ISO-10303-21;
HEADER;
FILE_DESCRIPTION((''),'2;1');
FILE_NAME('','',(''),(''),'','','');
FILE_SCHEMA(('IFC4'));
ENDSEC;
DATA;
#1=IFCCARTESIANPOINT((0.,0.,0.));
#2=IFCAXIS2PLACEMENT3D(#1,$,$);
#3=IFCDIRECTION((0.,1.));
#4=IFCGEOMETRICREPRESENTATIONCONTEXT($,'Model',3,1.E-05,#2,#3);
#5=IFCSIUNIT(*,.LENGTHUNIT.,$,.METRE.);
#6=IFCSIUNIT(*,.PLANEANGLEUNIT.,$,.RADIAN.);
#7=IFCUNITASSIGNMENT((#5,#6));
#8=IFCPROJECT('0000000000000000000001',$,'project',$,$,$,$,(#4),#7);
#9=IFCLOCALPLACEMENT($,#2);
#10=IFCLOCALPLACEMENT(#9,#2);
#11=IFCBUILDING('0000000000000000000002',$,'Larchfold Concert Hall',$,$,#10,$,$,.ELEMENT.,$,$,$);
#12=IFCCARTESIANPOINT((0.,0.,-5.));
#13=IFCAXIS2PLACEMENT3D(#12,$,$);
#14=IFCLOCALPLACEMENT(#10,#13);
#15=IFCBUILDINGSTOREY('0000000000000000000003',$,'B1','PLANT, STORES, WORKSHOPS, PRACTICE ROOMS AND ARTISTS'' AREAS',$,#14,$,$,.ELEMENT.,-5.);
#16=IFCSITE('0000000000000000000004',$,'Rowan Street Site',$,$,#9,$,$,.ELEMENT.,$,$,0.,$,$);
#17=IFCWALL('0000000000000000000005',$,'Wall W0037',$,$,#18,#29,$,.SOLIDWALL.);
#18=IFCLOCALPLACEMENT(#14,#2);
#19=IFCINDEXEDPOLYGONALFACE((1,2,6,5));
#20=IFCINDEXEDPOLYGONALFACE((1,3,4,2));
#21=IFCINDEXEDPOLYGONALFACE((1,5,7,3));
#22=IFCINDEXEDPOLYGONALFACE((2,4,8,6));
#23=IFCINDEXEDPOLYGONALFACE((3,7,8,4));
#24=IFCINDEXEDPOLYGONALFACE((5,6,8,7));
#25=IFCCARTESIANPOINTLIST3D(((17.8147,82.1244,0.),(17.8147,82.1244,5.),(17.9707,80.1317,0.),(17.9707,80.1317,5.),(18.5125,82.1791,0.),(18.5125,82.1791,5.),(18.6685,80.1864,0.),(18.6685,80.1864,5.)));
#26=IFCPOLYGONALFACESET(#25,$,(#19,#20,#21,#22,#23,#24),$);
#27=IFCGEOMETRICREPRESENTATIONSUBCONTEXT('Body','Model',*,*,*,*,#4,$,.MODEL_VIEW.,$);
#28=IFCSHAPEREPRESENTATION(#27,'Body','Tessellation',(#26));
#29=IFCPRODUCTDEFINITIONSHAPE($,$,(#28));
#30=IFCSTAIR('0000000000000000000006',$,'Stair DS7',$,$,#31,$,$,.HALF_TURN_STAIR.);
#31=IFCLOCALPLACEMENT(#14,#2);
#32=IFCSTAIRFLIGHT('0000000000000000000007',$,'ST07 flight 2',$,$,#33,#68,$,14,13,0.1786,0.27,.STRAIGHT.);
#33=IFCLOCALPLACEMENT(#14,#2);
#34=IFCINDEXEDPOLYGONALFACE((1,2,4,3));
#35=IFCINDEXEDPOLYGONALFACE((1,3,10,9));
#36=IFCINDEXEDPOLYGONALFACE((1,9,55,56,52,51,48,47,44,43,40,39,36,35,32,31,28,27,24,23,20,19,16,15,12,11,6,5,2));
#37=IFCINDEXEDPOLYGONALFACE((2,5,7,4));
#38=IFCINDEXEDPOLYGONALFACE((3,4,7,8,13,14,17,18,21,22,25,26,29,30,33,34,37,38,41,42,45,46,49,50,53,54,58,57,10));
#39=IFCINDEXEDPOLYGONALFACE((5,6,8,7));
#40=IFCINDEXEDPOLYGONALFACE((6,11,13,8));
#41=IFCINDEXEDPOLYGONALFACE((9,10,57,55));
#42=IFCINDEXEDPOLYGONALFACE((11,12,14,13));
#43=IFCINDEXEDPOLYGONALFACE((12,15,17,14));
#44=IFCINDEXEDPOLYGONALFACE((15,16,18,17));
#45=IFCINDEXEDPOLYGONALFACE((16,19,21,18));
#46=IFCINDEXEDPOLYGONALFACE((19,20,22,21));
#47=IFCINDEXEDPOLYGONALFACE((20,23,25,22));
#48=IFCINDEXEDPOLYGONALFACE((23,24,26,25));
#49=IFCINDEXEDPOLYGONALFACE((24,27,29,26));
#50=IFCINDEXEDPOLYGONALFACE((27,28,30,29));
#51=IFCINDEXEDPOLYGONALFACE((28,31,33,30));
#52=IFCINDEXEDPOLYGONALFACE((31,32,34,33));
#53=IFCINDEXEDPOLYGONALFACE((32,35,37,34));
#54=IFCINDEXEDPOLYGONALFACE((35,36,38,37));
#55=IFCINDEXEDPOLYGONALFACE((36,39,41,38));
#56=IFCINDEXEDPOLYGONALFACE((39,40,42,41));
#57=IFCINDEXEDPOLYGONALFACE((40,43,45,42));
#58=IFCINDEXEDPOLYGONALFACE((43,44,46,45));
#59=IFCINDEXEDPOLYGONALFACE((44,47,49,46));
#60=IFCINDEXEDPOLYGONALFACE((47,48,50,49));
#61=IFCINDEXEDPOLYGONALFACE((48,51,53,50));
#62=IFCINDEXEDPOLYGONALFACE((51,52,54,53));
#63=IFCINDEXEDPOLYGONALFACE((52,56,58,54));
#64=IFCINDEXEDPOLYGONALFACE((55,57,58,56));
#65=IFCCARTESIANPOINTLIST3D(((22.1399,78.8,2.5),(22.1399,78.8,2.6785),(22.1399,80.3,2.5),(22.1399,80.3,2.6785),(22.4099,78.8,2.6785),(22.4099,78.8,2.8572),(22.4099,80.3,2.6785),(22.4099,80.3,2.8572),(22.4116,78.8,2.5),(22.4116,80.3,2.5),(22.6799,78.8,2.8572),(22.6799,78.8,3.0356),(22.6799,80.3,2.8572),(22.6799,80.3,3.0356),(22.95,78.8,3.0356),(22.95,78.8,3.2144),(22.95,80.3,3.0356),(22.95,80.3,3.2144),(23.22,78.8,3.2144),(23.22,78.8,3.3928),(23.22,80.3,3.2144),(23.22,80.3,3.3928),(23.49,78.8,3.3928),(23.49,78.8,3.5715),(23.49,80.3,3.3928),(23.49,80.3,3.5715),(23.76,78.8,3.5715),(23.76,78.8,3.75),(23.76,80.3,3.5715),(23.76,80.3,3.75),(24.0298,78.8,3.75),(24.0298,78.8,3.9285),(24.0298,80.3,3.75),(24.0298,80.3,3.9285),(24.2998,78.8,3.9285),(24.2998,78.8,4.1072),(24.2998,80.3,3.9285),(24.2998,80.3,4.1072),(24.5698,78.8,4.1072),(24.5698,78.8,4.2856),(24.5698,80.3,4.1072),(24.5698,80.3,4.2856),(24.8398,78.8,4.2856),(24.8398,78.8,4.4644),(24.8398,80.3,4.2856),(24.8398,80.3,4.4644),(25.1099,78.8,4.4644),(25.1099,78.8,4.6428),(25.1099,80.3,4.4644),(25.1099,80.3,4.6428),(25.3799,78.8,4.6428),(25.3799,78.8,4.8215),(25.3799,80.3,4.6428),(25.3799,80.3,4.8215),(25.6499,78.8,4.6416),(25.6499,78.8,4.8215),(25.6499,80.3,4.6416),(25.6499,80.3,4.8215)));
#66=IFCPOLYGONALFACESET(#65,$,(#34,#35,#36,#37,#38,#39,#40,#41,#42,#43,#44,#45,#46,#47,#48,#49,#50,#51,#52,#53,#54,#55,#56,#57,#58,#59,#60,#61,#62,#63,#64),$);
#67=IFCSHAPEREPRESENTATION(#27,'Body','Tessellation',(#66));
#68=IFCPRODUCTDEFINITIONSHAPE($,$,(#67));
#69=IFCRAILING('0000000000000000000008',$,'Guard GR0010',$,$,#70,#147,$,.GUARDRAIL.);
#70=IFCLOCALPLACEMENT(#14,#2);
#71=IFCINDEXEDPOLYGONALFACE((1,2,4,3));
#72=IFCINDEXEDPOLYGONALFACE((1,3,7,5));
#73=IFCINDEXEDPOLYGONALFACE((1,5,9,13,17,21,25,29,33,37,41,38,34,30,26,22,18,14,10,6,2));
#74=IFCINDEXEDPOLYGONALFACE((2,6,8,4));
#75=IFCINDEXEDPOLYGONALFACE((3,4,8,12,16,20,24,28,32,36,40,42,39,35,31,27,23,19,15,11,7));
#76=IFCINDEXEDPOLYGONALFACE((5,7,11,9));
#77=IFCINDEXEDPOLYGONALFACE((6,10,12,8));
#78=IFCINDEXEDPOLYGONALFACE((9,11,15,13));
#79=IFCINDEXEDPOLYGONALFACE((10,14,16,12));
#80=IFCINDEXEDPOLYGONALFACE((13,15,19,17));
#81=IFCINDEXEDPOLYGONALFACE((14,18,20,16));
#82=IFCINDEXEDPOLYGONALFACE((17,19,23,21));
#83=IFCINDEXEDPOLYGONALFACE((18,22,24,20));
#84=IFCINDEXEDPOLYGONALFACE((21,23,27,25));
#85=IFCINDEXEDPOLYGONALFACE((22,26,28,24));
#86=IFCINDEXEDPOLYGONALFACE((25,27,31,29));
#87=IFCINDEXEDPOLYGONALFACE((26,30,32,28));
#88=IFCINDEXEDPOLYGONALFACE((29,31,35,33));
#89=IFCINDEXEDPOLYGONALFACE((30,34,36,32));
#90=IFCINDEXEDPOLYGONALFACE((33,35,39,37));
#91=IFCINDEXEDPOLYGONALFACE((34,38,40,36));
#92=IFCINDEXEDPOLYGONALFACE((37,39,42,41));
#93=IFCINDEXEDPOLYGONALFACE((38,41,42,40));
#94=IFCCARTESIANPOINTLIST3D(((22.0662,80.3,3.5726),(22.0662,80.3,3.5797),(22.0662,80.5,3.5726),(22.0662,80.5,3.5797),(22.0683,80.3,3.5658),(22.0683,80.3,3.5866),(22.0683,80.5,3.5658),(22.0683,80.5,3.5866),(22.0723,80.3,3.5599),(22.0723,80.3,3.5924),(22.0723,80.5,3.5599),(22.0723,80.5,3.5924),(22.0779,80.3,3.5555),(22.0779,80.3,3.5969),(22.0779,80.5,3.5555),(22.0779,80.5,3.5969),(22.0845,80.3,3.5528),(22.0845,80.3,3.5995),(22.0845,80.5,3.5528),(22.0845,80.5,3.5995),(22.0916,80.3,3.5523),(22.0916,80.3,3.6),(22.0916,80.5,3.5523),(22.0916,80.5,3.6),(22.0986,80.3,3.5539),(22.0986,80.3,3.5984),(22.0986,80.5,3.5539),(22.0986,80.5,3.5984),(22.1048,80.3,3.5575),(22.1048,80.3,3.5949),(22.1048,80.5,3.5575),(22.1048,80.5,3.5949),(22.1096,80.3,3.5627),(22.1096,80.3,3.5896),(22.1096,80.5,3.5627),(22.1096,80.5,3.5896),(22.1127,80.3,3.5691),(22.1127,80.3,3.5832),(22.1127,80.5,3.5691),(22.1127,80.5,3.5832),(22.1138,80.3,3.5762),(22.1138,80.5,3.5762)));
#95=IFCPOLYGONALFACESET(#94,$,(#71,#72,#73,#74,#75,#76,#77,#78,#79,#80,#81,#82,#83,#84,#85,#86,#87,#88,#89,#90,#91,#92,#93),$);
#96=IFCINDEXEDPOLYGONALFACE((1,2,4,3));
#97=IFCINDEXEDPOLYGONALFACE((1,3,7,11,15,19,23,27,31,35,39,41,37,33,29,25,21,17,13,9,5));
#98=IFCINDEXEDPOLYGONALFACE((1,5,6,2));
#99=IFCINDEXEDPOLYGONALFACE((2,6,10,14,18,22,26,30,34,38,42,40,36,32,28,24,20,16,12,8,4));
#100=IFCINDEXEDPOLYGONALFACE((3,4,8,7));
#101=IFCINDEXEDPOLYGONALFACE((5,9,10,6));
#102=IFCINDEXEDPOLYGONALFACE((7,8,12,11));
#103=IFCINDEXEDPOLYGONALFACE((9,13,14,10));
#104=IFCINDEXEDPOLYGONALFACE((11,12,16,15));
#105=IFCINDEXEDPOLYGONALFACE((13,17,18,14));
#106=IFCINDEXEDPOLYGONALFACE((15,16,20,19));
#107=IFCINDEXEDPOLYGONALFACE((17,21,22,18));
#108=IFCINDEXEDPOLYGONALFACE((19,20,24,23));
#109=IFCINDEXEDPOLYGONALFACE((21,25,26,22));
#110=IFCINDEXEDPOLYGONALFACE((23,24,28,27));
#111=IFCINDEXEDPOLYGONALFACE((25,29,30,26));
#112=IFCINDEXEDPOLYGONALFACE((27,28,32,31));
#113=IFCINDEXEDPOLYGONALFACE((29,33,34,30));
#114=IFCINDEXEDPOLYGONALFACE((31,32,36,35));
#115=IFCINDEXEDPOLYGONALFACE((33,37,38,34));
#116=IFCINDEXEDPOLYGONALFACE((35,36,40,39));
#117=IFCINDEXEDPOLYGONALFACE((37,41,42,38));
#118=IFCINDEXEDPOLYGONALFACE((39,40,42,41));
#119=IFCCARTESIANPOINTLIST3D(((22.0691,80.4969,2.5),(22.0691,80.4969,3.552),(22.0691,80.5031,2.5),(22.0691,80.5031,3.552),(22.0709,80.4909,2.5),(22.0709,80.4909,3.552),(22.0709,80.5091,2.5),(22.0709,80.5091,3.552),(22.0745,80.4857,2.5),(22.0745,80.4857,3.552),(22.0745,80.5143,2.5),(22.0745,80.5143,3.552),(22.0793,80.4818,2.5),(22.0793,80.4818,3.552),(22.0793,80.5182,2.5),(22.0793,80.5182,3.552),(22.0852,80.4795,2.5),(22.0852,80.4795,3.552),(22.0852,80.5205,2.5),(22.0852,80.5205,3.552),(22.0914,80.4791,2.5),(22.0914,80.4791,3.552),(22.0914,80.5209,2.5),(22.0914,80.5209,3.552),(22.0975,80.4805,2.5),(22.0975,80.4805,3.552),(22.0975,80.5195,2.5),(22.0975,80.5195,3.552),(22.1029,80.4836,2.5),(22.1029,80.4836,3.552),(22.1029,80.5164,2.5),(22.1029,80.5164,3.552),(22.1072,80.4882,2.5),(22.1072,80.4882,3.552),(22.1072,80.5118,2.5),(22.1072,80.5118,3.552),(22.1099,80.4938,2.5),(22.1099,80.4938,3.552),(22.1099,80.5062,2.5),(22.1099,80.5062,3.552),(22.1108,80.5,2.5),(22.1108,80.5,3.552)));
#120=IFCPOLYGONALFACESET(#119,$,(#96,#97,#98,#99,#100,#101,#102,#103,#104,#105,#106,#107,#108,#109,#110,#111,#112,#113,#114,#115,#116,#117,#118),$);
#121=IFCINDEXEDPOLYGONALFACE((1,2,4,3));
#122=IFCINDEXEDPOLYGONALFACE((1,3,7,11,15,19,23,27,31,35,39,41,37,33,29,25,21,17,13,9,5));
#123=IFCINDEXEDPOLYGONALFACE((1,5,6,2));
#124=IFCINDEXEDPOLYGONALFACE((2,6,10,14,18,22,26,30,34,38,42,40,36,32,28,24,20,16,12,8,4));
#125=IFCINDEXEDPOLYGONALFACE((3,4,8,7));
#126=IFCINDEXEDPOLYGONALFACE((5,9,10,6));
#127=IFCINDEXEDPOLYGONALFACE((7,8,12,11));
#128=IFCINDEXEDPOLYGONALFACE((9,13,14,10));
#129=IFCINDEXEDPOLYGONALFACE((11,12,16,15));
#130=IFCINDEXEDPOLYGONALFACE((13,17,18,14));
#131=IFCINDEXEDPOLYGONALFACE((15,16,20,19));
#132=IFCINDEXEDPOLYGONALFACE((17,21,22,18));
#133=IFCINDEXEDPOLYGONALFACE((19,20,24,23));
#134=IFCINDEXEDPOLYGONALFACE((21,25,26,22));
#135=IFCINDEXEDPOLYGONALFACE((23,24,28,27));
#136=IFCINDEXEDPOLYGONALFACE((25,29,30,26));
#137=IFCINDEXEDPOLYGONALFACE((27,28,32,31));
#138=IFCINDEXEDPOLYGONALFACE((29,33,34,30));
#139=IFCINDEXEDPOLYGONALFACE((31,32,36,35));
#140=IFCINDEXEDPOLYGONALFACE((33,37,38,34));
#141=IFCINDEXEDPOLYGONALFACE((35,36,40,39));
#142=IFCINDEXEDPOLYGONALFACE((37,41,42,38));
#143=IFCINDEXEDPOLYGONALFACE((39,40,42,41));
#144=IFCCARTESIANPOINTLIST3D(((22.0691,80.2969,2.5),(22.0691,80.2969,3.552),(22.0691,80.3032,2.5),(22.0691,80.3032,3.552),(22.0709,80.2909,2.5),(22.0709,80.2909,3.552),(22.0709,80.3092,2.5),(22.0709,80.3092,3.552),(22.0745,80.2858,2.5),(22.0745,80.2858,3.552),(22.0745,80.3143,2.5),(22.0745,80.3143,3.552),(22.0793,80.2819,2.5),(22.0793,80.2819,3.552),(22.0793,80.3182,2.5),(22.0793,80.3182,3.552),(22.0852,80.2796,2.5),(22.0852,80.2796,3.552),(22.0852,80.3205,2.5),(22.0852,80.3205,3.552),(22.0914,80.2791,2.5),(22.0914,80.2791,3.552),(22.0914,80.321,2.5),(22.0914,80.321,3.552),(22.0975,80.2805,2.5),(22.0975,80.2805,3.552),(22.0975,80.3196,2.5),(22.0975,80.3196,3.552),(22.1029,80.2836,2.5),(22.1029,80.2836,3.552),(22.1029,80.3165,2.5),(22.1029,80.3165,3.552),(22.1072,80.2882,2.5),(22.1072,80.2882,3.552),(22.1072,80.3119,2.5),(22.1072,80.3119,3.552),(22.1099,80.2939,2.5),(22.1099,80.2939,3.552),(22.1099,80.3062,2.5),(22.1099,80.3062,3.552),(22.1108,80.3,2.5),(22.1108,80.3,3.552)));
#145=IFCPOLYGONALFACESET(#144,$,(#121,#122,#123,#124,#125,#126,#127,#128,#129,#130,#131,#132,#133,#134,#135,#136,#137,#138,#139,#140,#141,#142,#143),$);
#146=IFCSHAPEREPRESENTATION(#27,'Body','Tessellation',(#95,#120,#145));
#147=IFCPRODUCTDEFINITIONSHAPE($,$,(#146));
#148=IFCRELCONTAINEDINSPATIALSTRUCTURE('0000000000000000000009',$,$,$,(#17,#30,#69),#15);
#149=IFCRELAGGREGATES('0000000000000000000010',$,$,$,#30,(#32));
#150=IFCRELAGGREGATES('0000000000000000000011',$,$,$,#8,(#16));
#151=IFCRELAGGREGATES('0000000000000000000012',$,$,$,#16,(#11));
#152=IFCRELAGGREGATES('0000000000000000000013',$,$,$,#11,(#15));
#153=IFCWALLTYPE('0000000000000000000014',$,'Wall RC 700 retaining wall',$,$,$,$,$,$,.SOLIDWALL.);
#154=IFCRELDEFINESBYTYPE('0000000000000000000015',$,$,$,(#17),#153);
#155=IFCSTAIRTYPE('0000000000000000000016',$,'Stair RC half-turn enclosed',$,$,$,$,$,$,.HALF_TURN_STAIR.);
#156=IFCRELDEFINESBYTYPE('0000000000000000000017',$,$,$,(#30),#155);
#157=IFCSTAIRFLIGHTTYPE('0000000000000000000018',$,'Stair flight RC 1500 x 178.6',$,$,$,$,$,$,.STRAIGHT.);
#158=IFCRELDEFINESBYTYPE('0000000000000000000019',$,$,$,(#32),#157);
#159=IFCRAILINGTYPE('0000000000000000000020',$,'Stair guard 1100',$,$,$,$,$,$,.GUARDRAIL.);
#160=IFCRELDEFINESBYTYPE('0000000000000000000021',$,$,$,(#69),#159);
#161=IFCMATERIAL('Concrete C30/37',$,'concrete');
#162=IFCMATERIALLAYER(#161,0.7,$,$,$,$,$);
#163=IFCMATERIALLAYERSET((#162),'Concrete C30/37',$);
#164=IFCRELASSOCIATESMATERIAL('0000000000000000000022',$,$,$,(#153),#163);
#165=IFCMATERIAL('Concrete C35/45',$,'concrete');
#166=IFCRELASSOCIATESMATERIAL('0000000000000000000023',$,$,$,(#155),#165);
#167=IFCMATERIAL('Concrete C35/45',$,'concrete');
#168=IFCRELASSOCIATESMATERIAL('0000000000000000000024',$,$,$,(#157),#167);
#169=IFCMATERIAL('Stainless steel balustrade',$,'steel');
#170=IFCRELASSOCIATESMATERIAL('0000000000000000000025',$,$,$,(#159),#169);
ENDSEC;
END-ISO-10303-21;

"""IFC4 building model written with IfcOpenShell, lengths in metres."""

from ifc_helpers import new_model, si_unit, direction, frame, frame_2d, origin, origin_2d, place, context, subcontext, project, spatial, polyline, rectangle, circle, outline, extrude, material, layer, layer_set, type_object, element, aggregate, save


model = new_model("IFC4")

# Units and contexts
model_context = context("Model", 3, precision=1e-05, world=origin(), true_north=direction((0.0, 1.0)))
body_context = subcontext(model_context, "Body", "Model", "MODEL_VIEW")
ifc_project = project(units=[si_unit("LENGTHUNIT", "METRE"), si_unit("PLANEANGLEUNIT", "RADIAN")], contexts=[model_context])

# Site, building, storey
site_placement = place(None, origin())
site = spatial("IfcSite", under=ifc_project, at=site_placement, Name="Rowan Street Site", CompositionType="ELEMENT", RefElevation=0.0)
building_placement = place(site_placement, origin())
building = spatial("IfcBuilding", under=site, at=building_placement, Name="Larchfold Concert Hall", CompositionType="ELEMENT")
storey_placement = place(building_placement, frame((0.0, 0.0, -5.0)))
storey = spatial("IfcBuildingStorey", under=building, at=storey_placement, Name="B1", Description="PLANT, STORES, WORKSHOPS, PRACTICE ROOMS AND ARTISTS' AREAS", CompositionType="ELEMENT", Elevation=-5.0)

# Wall
ifc_material_1 = material(Name="Concrete C30/37", Category="concrete")
ifc_layer_1 = layer(ifc_material_1, 0.7)
ifc_layer_set_1 = layer_set([ifc_layer_1], Name="Concrete C30/37")
wall_type_1 = type_object("IfcWallType", Name="Wall RC 700 retaining wall", PredefinedType="SOLIDWALL", material=ifc_layer_set_1)
wall_1_placement = place(storey_placement, frame((18.3196, 80.1589, 0.0), z_axis=(0.0, 0.0, 1.0), x_axis=(-0.078051, 0.996949, 0.0)))
element("IfcWall", 1, at=wall_1_placement, inside=storey, type_object=wall_type_1, Name="Wall W0037", PredefinedType="SOLIDWALL", context=body_context, shape_type="SweptSolid", body=[
    extrude(rectangle(XDim=1.9988, YDim=0.7, at=frame_2d((0.9995, 0.0))), origin(), (0.0, 0.0, 1.0), 5.0),
])

# Stair, stair flight
ifc_material_2 = material(Name="Concrete C35/45", Category="concrete")
stair_type = type_object("IfcStairType", Name="Stair RC half-turn enclosed", PredefinedType="HALF_TURN_STAIR", material=ifc_material_2)
stair_placement = place(storey_placement, origin())
stair = element("IfcStair", 2, at=stair_placement, inside=storey, type_object=stair_type, Name="Stair DS7", PredefinedType="HALF_TURN_STAIR")
ifc_material_3 = material(Name="Concrete C35/45", Category="concrete")
stair_flight_type = type_object("IfcStairFlightType", Name="Stair flight RC 1500 x 178.6", PredefinedType="STRAIGHT", material=ifc_material_3)
stair_flight_placement = place(storey_placement, frame((22.1399, 79.55, 2.5), z_axis=(0.0, 0.0, 1.0), x_axis=(1.0, 0.0, 0.0)))
stair_flight = element("IfcStairFlight", 3, at=stair_flight_placement, type_object=stair_flight_type, Name="ST07 flight 2", NumberOfRisers=14, NumberOfTreads=13, PredefinedType="STRAIGHT", RiserHeight=0.1786, TreadLength=0.27, context=body_context, shape_type="SweptSolid", body=[
    extrude(outline(polyline([(0.0, 0.0), (0.0, 0.1785), (0.27, 0.1785), (0.27, 0.3572), (0.54, 0.3572), (0.54, 0.5356), (0.8101, 0.5356), (0.8101, 0.7144), (1.0801, 0.7144), (1.0801, 0.8928), (1.3501, 0.8928), (1.3501, 1.0715), (1.6201, 1.0715), (1.6201, 1.25), (1.8899, 1.25), (1.8899, 1.4285), (2.1599, 1.4285), (2.1599, 1.6072), (2.4299, 1.6072), (2.4299, 1.7856), (2.7, 1.7856), (2.7, 1.9644), (2.97, 1.9644), (2.97, 2.1428), (3.24, 2.1428), (3.24, 2.3215), (3.51, 2.3215), (3.51, 2.5), (3.51, 2.1416), (0.2717, 0.0), (0.0, 0.0)])), frame((0.0, 0.75, 0.0), z_axis=(0.0, -1.0, 0.0), x_axis=(1.0, 0.0, 0.0)), (0.0, 0.0, 1.0), 1.5),
])
aggregate(stair, [stair_flight])

# Railing
ifc_material_4 = material(Name="Stainless steel balustrade", Category="steel")
railing_type_1 = type_object("IfcRailingType", Name="Stair guard 1100", PredefinedType="GUARDRAIL", material=ifc_material_4)
railing_1_placement = place(storey_placement, frame((22.0898, 80.5, 2.5)))
element("IfcRailing", 4, at=railing_1_placement, inside=storey, type_object=railing_type_1, Name="Guard GR0010", PredefinedType="GUARDRAIL", context=body_context, shape_type="SweptSolid", body=[
    extrude(circle(Radius=0.0239, at=origin_2d()), frame((0.0, 0.0, 1.0762), z_axis=(0.0, -1.0, 0.0), x_axis=(1.0, 0.0, 0.0)), (0.0, 0.0, 1.0), 0.2),
    extrude(circle(Radius=0.021, at=origin_2d()), origin(), (0.0, 0.0, 1.0), 1.052),
    extrude(circle(Radius=0.021, at=origin_2d()), frame((0.0, -0.2, 0.0)), (0.0, 0.0, 1.0), 1.052),
])

save(model, "model.ifc")
